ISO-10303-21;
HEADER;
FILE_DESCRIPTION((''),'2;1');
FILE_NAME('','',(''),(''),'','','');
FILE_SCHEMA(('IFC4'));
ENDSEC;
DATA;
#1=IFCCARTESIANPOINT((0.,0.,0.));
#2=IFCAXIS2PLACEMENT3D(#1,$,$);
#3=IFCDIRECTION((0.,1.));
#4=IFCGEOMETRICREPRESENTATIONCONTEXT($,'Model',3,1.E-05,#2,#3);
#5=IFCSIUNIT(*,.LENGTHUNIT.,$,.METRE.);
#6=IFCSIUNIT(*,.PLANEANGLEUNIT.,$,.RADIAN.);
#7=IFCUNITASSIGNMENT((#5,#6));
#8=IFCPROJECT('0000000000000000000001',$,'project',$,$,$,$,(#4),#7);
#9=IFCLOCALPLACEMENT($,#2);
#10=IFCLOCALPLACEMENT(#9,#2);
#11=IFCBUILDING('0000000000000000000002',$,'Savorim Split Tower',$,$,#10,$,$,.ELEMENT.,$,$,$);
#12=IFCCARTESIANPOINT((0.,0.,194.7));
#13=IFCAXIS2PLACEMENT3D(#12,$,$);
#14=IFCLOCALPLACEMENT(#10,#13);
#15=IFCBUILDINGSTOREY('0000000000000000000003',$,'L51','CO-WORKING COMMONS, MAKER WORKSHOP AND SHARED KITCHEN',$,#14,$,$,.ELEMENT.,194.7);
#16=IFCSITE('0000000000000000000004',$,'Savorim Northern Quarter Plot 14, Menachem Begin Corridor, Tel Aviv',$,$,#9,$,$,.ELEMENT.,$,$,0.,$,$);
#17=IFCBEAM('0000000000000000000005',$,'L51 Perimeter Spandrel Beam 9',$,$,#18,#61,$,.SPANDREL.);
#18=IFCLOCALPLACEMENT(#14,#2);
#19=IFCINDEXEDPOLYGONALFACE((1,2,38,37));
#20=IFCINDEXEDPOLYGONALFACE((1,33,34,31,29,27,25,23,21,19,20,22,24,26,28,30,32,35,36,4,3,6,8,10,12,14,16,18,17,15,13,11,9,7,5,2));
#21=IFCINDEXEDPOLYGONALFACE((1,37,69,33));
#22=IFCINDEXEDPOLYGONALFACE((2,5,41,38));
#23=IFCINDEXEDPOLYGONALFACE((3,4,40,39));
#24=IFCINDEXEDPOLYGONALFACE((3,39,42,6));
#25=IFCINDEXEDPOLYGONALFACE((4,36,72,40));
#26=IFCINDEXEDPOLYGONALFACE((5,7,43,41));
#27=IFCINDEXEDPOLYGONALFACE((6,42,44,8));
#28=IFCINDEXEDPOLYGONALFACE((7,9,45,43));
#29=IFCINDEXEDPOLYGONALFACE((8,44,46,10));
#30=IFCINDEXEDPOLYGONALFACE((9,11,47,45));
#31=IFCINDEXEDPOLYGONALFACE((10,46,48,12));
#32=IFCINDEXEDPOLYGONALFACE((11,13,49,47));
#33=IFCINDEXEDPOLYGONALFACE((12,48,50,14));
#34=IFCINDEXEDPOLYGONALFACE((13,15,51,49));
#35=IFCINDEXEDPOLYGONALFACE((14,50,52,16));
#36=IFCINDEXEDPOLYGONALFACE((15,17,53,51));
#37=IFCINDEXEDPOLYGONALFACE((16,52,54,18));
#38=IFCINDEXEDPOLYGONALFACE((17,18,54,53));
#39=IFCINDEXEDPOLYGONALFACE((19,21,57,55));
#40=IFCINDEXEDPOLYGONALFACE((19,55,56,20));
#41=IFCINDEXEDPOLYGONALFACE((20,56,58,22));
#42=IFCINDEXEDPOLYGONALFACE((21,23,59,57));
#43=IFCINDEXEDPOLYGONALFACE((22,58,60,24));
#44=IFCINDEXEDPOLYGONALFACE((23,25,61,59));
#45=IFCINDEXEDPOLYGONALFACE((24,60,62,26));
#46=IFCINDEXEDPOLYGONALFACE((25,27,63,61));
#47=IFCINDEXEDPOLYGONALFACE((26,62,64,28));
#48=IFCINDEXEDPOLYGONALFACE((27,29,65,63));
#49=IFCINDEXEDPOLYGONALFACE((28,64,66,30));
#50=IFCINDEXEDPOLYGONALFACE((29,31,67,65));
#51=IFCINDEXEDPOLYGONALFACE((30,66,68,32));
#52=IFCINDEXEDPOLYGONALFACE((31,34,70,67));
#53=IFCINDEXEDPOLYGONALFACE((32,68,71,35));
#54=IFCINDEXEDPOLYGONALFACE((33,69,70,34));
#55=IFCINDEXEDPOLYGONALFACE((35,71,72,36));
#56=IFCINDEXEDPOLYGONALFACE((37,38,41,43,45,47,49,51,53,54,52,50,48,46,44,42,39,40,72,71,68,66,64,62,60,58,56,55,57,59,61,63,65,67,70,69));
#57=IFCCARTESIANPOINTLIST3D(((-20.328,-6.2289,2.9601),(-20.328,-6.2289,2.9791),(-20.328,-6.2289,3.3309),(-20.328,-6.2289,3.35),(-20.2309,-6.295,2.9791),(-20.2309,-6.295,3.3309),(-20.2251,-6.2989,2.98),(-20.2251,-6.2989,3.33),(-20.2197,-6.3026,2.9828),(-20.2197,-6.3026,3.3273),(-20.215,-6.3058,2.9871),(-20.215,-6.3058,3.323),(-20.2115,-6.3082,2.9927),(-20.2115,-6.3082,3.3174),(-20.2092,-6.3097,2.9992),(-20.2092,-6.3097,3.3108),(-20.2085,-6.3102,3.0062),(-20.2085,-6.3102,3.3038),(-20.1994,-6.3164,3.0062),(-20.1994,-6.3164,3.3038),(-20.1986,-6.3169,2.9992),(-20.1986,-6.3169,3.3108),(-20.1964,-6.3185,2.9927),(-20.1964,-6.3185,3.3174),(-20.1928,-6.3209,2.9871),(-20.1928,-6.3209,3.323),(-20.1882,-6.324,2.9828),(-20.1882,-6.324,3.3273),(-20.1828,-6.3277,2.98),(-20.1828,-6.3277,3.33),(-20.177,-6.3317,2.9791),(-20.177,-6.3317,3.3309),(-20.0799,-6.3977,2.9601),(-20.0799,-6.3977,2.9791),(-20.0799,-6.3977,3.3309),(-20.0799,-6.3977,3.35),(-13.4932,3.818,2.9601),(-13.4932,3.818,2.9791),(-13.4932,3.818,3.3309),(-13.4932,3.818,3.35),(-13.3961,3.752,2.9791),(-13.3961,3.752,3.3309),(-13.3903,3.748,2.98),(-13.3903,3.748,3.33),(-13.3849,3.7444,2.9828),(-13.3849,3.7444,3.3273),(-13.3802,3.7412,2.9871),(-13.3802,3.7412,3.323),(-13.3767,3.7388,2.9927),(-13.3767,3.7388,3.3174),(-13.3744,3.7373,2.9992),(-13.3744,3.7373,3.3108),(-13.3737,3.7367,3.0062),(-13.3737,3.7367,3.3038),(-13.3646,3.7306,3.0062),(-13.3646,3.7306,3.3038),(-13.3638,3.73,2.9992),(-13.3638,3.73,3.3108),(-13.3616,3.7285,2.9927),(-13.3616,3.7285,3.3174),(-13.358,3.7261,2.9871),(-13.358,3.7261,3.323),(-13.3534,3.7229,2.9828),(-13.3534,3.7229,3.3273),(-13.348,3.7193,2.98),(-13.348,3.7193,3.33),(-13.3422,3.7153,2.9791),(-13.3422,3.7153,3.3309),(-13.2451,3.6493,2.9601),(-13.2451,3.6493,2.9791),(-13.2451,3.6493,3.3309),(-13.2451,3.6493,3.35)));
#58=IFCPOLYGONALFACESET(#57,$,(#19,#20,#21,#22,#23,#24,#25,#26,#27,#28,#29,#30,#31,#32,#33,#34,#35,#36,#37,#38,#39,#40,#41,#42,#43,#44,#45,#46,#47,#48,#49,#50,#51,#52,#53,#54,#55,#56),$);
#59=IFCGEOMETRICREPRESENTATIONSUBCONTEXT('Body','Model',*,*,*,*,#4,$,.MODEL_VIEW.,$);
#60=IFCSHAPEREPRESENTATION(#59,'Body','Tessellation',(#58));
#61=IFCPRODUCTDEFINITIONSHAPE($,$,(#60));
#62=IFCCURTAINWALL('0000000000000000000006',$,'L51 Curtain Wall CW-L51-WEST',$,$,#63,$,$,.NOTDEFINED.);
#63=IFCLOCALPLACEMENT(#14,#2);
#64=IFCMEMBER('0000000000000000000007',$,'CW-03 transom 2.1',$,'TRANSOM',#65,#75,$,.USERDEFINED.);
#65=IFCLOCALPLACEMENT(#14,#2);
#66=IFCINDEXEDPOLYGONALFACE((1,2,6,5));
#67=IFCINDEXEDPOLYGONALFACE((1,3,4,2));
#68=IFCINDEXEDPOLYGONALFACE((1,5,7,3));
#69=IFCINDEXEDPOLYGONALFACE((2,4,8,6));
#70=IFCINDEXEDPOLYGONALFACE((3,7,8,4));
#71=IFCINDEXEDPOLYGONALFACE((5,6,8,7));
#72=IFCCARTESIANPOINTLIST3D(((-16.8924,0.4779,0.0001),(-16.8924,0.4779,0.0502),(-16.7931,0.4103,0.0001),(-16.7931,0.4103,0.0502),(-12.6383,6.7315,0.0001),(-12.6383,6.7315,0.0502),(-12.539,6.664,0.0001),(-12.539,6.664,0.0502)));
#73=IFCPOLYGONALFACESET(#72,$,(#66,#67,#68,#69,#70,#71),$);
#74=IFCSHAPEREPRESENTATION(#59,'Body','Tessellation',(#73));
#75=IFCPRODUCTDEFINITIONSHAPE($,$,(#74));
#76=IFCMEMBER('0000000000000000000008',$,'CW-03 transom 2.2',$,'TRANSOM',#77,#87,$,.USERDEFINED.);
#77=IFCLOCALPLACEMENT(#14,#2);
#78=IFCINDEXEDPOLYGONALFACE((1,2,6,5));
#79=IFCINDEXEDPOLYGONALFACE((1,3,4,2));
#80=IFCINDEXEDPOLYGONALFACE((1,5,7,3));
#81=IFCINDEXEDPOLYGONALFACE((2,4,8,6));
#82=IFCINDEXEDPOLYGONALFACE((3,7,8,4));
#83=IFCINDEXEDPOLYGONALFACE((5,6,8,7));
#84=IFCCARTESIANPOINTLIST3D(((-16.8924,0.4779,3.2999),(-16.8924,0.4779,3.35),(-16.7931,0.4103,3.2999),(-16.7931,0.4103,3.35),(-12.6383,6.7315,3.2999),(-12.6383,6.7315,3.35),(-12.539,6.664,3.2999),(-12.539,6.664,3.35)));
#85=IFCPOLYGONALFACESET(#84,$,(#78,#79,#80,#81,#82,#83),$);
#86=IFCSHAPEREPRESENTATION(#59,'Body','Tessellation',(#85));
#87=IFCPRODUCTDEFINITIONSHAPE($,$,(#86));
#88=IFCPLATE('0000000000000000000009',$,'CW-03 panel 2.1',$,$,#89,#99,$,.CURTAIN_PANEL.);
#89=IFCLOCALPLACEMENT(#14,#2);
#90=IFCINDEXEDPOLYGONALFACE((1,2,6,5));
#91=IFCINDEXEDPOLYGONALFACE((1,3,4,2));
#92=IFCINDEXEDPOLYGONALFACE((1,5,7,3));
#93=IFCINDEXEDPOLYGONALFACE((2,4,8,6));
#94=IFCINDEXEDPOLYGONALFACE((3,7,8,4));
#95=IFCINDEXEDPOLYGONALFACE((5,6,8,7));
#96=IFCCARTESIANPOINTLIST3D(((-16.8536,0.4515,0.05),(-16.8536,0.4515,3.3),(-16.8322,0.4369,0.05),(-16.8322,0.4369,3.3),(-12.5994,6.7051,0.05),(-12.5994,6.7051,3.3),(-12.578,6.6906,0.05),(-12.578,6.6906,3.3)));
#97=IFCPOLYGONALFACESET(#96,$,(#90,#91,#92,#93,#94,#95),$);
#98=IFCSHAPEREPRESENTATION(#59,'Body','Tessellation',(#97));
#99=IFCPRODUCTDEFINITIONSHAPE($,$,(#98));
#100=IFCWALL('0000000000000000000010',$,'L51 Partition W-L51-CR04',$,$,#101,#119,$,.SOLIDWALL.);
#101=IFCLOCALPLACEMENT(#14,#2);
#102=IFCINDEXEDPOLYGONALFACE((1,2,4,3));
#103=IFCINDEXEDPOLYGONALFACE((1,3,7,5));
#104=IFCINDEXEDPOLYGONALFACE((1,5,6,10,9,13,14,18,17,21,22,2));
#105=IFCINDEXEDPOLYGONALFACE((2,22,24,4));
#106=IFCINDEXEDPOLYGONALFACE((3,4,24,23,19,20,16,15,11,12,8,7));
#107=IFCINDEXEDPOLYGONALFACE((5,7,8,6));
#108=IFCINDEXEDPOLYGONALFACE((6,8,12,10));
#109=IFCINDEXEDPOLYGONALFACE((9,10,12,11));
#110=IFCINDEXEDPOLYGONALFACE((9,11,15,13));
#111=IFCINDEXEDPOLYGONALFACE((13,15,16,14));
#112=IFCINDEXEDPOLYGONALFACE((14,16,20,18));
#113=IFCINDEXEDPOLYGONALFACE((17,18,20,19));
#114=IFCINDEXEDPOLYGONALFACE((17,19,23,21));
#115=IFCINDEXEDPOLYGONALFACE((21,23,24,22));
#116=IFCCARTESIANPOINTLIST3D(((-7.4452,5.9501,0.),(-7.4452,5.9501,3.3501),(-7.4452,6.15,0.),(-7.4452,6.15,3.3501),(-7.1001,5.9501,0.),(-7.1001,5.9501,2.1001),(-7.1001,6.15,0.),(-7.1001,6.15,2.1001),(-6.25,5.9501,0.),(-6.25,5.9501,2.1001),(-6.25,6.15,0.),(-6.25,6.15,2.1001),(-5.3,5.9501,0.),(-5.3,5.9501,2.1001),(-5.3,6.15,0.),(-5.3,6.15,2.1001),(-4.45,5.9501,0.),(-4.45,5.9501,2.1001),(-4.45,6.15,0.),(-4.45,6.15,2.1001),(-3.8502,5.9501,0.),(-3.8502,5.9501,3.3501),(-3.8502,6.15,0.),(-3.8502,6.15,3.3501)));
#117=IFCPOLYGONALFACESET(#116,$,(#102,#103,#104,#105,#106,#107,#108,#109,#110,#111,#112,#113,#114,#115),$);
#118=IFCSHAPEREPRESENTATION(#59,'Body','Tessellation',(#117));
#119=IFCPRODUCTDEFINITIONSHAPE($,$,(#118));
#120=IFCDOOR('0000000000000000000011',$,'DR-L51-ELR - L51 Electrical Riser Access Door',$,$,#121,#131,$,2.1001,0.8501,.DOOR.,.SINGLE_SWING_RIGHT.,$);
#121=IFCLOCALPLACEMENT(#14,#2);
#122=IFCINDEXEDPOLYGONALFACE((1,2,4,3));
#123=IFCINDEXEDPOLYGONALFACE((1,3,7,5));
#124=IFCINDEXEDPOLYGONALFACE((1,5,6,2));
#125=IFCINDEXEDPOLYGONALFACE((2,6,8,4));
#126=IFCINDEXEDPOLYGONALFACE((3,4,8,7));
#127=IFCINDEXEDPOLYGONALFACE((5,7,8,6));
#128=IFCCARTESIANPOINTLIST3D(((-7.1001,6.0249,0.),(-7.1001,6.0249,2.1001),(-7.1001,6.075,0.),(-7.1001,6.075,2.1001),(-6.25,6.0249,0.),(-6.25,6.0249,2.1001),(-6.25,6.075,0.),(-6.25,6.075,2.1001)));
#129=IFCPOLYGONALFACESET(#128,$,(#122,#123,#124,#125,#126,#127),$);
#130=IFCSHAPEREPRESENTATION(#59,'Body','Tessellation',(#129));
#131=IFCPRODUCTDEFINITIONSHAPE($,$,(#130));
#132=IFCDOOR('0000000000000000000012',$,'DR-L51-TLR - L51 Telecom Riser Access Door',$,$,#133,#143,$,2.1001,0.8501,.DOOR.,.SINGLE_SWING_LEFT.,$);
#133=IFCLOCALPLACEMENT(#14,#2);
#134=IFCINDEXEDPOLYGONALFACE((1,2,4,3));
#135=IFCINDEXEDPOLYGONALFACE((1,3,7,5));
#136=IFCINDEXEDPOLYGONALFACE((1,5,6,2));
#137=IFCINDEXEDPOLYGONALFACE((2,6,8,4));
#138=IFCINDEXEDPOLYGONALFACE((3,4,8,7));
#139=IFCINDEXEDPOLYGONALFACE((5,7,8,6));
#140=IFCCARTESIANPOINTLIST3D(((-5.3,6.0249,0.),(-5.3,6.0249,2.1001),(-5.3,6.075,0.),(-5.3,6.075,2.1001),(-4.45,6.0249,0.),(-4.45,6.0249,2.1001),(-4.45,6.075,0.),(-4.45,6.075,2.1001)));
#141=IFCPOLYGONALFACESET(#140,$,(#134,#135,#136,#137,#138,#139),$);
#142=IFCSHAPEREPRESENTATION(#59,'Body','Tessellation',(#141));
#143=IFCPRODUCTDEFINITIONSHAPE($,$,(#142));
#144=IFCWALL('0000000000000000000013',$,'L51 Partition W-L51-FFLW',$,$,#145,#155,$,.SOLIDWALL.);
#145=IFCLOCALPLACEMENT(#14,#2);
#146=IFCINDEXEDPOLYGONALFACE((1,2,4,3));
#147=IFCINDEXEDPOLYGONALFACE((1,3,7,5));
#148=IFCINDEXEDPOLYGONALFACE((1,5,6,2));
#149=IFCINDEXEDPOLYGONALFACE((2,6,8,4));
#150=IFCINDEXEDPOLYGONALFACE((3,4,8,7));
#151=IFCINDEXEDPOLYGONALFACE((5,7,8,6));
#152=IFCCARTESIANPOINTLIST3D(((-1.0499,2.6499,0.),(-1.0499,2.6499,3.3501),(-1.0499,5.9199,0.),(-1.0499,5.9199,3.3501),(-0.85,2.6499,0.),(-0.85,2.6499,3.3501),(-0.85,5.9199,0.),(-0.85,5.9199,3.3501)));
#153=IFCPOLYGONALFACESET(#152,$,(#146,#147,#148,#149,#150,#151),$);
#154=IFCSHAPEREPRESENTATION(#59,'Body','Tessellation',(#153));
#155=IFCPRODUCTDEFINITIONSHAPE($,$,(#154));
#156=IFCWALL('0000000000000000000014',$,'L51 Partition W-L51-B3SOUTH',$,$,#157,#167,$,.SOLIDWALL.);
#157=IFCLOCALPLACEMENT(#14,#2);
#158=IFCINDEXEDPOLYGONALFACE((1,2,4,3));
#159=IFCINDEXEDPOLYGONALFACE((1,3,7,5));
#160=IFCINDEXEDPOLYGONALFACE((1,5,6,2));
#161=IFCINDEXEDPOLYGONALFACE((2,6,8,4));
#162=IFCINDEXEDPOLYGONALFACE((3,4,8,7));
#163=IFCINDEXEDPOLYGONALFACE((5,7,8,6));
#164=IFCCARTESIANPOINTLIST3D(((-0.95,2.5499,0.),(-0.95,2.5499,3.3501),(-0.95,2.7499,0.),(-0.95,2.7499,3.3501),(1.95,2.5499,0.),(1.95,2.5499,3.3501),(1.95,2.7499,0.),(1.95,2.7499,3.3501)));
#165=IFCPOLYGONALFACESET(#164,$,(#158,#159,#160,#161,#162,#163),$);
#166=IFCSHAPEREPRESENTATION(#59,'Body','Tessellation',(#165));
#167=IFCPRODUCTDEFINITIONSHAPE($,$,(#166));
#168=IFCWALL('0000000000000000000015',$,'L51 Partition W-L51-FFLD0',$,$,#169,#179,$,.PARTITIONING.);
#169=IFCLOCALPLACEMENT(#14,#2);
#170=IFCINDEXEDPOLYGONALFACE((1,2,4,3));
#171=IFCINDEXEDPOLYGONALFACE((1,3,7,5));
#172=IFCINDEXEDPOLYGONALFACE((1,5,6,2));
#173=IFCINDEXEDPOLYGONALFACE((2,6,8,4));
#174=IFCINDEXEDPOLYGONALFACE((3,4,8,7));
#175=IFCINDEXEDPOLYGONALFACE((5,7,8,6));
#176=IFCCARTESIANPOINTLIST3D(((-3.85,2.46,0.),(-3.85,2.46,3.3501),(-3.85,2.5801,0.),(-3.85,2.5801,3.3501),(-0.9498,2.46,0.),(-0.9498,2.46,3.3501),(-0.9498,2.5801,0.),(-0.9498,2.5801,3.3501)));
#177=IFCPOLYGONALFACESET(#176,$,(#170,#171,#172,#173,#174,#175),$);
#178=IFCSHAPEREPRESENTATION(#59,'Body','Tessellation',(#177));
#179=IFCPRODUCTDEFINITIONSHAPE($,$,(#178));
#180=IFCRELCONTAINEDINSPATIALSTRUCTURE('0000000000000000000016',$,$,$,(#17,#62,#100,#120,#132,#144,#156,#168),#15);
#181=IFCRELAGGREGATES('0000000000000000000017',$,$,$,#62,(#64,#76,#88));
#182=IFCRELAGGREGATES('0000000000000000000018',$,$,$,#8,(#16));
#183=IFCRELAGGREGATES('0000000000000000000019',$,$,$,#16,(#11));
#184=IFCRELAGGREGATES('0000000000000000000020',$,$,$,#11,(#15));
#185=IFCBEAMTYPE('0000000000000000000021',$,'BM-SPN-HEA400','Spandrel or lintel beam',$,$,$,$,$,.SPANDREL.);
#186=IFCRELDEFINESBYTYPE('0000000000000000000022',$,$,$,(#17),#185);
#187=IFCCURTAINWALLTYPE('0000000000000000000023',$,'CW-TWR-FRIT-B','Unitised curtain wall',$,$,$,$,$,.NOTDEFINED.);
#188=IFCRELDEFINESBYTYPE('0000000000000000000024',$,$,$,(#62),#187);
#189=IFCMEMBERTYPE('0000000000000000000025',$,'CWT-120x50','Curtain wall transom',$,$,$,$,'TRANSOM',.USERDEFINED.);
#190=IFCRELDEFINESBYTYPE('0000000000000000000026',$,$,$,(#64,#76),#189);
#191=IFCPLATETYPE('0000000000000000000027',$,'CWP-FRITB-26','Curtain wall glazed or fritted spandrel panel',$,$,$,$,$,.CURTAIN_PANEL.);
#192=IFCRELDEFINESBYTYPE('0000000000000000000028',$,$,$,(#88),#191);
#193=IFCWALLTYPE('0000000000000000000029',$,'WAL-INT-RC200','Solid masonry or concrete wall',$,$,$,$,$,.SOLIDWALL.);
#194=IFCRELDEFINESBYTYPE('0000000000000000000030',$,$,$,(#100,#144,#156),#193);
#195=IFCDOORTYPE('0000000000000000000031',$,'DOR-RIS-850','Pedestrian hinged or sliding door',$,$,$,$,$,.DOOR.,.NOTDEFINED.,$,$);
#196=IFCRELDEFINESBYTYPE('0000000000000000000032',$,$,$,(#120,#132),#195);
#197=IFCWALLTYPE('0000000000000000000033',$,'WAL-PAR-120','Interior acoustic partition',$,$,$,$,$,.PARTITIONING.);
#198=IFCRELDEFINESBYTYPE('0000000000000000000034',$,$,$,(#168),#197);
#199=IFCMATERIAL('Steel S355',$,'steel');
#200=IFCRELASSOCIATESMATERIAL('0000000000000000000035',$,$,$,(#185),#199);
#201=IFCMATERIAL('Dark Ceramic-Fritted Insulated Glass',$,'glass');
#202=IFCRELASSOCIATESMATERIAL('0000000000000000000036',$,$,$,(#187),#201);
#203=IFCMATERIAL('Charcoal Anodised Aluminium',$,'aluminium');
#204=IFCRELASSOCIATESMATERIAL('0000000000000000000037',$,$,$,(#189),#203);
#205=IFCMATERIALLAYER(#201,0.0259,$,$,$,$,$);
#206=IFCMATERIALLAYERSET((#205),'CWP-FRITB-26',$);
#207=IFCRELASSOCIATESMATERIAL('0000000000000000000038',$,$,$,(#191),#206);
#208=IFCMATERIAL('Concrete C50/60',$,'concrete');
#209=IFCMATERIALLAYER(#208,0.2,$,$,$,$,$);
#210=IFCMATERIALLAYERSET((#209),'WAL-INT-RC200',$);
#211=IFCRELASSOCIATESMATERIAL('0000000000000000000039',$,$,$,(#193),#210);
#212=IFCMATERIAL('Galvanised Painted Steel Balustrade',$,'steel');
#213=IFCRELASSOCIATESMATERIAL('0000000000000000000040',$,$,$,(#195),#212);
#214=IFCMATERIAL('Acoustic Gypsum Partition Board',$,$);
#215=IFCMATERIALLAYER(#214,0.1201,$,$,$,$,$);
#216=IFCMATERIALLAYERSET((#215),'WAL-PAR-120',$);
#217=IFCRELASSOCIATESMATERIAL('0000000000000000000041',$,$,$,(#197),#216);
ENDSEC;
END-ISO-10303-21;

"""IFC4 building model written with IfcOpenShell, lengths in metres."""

from ifc_helpers import new_model, si_unit, direction, frame, frame_2d, origin, origin_2d, place, context, subcontext, project, spatial, rectangle, i_section, extrude, material, layer, layer_set, material_profile, profile_set, type_object, element, fill, aggregate, save


model = new_model("IFC4")

# Units and contexts
model_context = context("Model", 3, precision=1e-05, world=origin(), true_north=direction((0.0, 1.0)))
body_context = subcontext(model_context, "Body", "Model", "MODEL_VIEW")
ifc_project = project(units=[si_unit("LENGTHUNIT", "METRE"), si_unit("PLANEANGLEUNIT", "RADIAN")], contexts=[model_context])

# Site, building, storey
site_placement = place(None, origin())
site = spatial("IfcSite", under=ifc_project, at=site_placement, Name="Savorim Northern Quarter Plot 14, Menachem Begin Corridor, Tel Aviv", CompositionType="ELEMENT", RefElevation=0.0)
building_placement = place(site_placement, origin())
building = spatial("IfcBuilding", under=site, at=building_placement, Name="Savorim Split Tower", CompositionType="ELEMENT")
storey_placement = place(building_placement, frame((0.0, 0.0, 194.7)))
storey = spatial("IfcBuildingStorey", under=building, at=storey_placement, Name="L51", Description="CO-WORKING COMMONS, MAKER WORKSHOP AND SHARED KITCHEN", CompositionType="ELEMENT", Elevation=194.7)

# Shared definitions
ifc_material_1 = material(Name="Steel S355", Category="steel")

# Beam
ifc_material_profile_1 = material_profile(ifc_material_1, i_section(OverallWidth=0.3, OverallDepth=0.3899, WebThickness=0.011, FlangeThickness=0.019, FilletRadius=0.0271, at=origin_2d()), Name="HEA 400")
ifc_profile_set_1 = profile_set([ifc_material_profile_1], Name="Steel S355")
beam_type_1 = type_object("IfcBeamType", Name="BM-SPN-HEA400", Description="Spandrel or lintel beam", PredefinedType="SPANDREL", material=ifc_profile_set_1)
beam_1_placement = place(storey_placement, frame((-13.3691, 3.7336, 3.155), z_axis=(-0.56247, -0.826818, 0.0), x_axis=(0.826818, -0.56247, 0.0)))
element("IfcBeam", 1, at=beam_1_placement, inside=storey, type_object=beam_type_1, Name="L51 Perimeter Spandrel Beam 9", PredefinedType="SPANDREL", context=body_context, shape_type="SweptSolid", body=[
    extrude(i_section(OverallWidth=0.3, OverallDepth=0.3899, WebThickness=0.011, FlangeThickness=0.019, FilletRadius=0.0271, at=origin_2d()), origin(), (0.0, 0.0, 1.0), 12.1514),
])

# Curtain wall, members, plate
ifc_material_2 = material(Name="Dark Ceramic-Fritted Insulated Glass", Category="glass")
curtain_wall_type = type_object("IfcCurtainWallType", Name="CW-TWR-FRIT-B", Description="Unitised curtain wall", PredefinedType="NOTDEFINED", material=ifc_material_2)
curtain_wall_placement = place(storey_placement, origin())
curtain_wall = element("IfcCurtainWall", 2, at=curtain_wall_placement, inside=storey, type_object=curtain_wall_type, Name="L51 Curtain Wall CW-L51-WEST", PredefinedType="NOTDEFINED")
ifc_material_3 = material(Name="Charcoal Anodised Aluminium", Category="aluminium")
ifc_material_profile_2 = material_profile(ifc_material_3, rectangle(XDim=0.1201, YDim=0.05, at=origin_2d()), Name="ALU-T 120x50")
ifc_profile_set_2 = profile_set([ifc_material_profile_2], Name="Charcoal Anodised Aluminium")
member_type = type_object("IfcMemberType", Name="CWT-120x50", Description="Curtain wall transom", ElementType="TRANSOM", PredefinedType="USERDEFINED", material=ifc_profile_set_2)
member_1_placement = place(storey_placement, frame((-12.5886, 6.6978, 0.0251), z_axis=(-0.56246, -0.826824, 0.0), x_axis=(0.826824, -0.56246, 0.0)))
member_1 = element("IfcMember", 3, at=member_1_placement, type_object=member_type, Name="CW-03 transom 2.1", ObjectType="TRANSOM", PredefinedType="USERDEFINED", context=body_context, shape_type="SweptSolid", body=[
    extrude(rectangle(XDim=0.1201, YDim=0.05, at=origin_2d()), origin(), (0.0, 0.0, 1.0), 7.5635),
])
member_2_placement = place(storey_placement, frame((-12.5886, 6.6978, 3.325), z_axis=(-0.56246, -0.826824, 0.0), x_axis=(0.826824, -0.56246, 0.0)))
member_2 = element("IfcMember", 4, at=member_2_placement, type_object=member_type, Name="CW-03 transom 2.2", ObjectType="TRANSOM", PredefinedType="USERDEFINED", context=body_context, shape_type="SweptSolid", body=[
    extrude(rectangle(XDim=0.1201, YDim=0.05, at=origin_2d()), origin(), (0.0, 0.0, 1.0), 7.5635),
])
ifc_layer_1 = layer(ifc_material_2, 0.0259)
ifc_layer_set_1 = layer_set([ifc_layer_1], Name="CWP-FRITB-26")
plate_type = type_object("IfcPlateType", Name="CWP-FRITB-26", Description="Curtain wall glazed or fritted spandrel panel", PredefinedType="CURTAIN_PANEL", material=ifc_layer_set_1)
plate_placement = place(storey_placement, frame((-14.7158, 3.571, 0.05), z_axis=(0.0, 0.0, 1.0), x_axis=(-0.562465, -0.826821, 0.0)))
plate = element("IfcPlate", 5, at=plate_placement, type_object=plate_type, Name="CW-03 panel 2.1", PredefinedType="CURTAIN_PANEL", context=body_context, shape_type="SweptSolid", body=[
    extrude(rectangle(XDim=7.5635, YDim=0.0259, at=origin_2d()), origin(), (0.0, 0.0, 1.0), 3.25),
])
aggregate(curtain_wall, [member_1, member_2, plate])

# Wall, openings, doors
ifc_material_4 = material(Name="Concrete C50/60", Category="concrete")
ifc_layer_2 = layer(ifc_material_4, 0.2)
ifc_layer_set_2 = layer_set([ifc_layer_2], Name="WAL-INT-RC200")
wall_type_1 = type_object("IfcWallType", Name="WAL-INT-RC200", Description="Solid masonry or concrete wall", PredefinedType="SOLIDWALL", material=ifc_layer_set_2)
wall_1_placement = place(storey_placement, frame((-7.4451, 6.05, 0.0), z_axis=(0.0, 0.0, 1.0), x_axis=(1.0, 0.0, 0.0)))
wall_1 = element("IfcWall", 6, at=wall_1_placement, inside=storey, type_object=wall_type_1, Name="L51 Partition W-L51-CR04", PredefinedType="SOLIDWALL", context=body_context, shape_type="SweptSolid", body=[
    extrude(rectangle(XDim=3.595, YDim=0.2, at=frame_2d((1.7974, 0.0))), origin(), (0.0, 0.0, 1.0), 3.3501),
])
opening_1_placement = place(wall_1_placement, frame((0.345, 0.0, 0.0)))
opening_1 = element("IfcOpeningElement", 7, at=opening_1_placement, cuts=wall_1, PredefinedType="OPENING", context=body_context, shape_type="SweptSolid", body=[
    extrude(rectangle(XDim=0.8501, YDim=2.1001, at=frame_2d((0.425, 1.05))), frame((0.0, 0.1099, 0.0), z_axis=(0.0, -1.0, 0.0), x_axis=(1.0, 0.0, 0.0)), (0.0, 0.0, 1.0), 0.22),
])
opening_2_placement = place(wall_1_placement, frame((2.145, 0.0, 0.0)))
opening_2 = element("IfcOpeningElement", 8, at=opening_2_placement, cuts=wall_1, PredefinedType="OPENING", context=body_context, shape_type="SweptSolid", body=[
    extrude(rectangle(XDim=0.8501, YDim=2.1001, at=frame_2d((0.425, 1.05))), frame((0.0, 0.1099, 0.0), z_axis=(0.0, -1.0, 0.0), x_axis=(1.0, 0.0, 0.0)), (0.0, 0.0, 1.0), 0.22),
])
ifc_material_5 = material(Name="Galvanised Painted Steel Balustrade", Category="steel")
door_type = type_object("IfcDoorType", Name="DOR-RIS-850", Description="Pedestrian hinged or sliding door", OperationType="NOTDEFINED", PredefinedType="DOOR", material=ifc_material_5)
door_1_placement = place(opening_1_placement, origin())
door_1 = element("IfcDoor", 9, at=door_1_placement, inside=storey, type_object=door_type, Name="DR-L51-ELR - L51 Electrical Riser Access Door", OperationType="SINGLE_SWING_RIGHT", OverallHeight=2.1001, OverallWidth=0.8501, PredefinedType="DOOR", context=body_context, shape_type="SweptSolid", body=[
    extrude(rectangle(XDim=0.8501, YDim=2.1001, at=frame_2d((0.425, 1.05))), frame((0.0, 0.0249, 0.0), z_axis=(0.0, -1.0, 0.0), x_axis=(1.0, 0.0, 0.0)), (0.0, 0.0, 1.0), 0.05),
])
fill(opening_1, door_1)
door_2_placement = place(opening_2_placement, origin())
door_2 = element("IfcDoor", 10, at=door_2_placement, inside=storey, type_object=door_type, Name="DR-L51-TLR - L51 Telecom Riser Access Door", OperationType="SINGLE_SWING_LEFT", OverallHeight=2.1001, OverallWidth=0.8501, PredefinedType="DOOR", context=body_context, shape_type="SweptSolid", body=[
    extrude(rectangle(XDim=0.8501, YDim=2.1001, at=frame_2d((0.425, 1.05))), frame((0.0, 0.0249, 0.0), z_axis=(0.0, -1.0, 0.0), x_axis=(1.0, 0.0, 0.0)), (0.0, 0.0, 1.0), 0.05),
])
fill(opening_2, door_2)

# Walls
wall_2_placement = place(storey_placement, frame((-0.95, 2.6499, 0.0), z_axis=(0.0, 0.0, 1.0), x_axis=(0.0, 1.0, 0.0)))
element("IfcWall", 11, at=wall_2_placement, inside=storey, type_object=wall_type_1, Name="L51 Partition W-L51-FFLW", PredefinedType="SOLIDWALL", context=body_context, shape_type="SweptSolid", body=[
    extrude(rectangle(XDim=3.27, YDim=0.2, at=frame_2d((1.635, 0.0))), origin(), (0.0, 0.0, 1.0), 3.3501),
])
wall_3_placement = place(storey_placement, frame((-0.95, 2.6499, 0.0), z_axis=(0.0, 0.0, 1.0), x_axis=(1.0, 0.0, 0.0)))
element("IfcWall", 12, at=wall_3_placement, inside=storey, type_object=wall_type_1, Name="L51 Partition W-L51-B3SOUTH", PredefinedType="SOLIDWALL", context=body_context, shape_type="SweptSolid", body=[
    extrude(rectangle(XDim=2.8999, YDim=0.2, at=frame_2d((1.45, 0.0))), origin(), (0.0, 0.0, 1.0), 3.3501),
])
ifc_material_6 = material(Name="Acoustic Gypsum Partition Board")
ifc_layer_3 = layer(ifc_material_6, 0.1201)
ifc_layer_set_3 = layer_set([ifc_layer_3], Name="WAL-PAR-120")
wall_type_2 = type_object("IfcWallType", Name="WAL-PAR-120", Description="Interior acoustic partition", PredefinedType="PARTITIONING", material=ifc_layer_set_3)
for number, where, z_axis, x_axis, name in (
    (13, (-3.8501, 2.52, 0.0), (0.0, 0.0, 1.0), (1.0, 0.0, 0.0), "L51 Partition W-L51-FFLD0"),
):
    element("IfcWall", number, at=place(storey_placement, frame(where, z_axis=z_axis, x_axis=x_axis)), inside=storey, type_object=wall_type_2, Name=name, PredefinedType="PARTITIONING", context=body_context, shape_type="SweptSolid", body=[
        extrude(rectangle(XDim=2.9001, YDim=0.1201, at=frame_2d((1.4502, 0.0))), origin(), (0.0, 0.0, 1.0), 3.3501),
    ])

save(model, "model.ifc")
